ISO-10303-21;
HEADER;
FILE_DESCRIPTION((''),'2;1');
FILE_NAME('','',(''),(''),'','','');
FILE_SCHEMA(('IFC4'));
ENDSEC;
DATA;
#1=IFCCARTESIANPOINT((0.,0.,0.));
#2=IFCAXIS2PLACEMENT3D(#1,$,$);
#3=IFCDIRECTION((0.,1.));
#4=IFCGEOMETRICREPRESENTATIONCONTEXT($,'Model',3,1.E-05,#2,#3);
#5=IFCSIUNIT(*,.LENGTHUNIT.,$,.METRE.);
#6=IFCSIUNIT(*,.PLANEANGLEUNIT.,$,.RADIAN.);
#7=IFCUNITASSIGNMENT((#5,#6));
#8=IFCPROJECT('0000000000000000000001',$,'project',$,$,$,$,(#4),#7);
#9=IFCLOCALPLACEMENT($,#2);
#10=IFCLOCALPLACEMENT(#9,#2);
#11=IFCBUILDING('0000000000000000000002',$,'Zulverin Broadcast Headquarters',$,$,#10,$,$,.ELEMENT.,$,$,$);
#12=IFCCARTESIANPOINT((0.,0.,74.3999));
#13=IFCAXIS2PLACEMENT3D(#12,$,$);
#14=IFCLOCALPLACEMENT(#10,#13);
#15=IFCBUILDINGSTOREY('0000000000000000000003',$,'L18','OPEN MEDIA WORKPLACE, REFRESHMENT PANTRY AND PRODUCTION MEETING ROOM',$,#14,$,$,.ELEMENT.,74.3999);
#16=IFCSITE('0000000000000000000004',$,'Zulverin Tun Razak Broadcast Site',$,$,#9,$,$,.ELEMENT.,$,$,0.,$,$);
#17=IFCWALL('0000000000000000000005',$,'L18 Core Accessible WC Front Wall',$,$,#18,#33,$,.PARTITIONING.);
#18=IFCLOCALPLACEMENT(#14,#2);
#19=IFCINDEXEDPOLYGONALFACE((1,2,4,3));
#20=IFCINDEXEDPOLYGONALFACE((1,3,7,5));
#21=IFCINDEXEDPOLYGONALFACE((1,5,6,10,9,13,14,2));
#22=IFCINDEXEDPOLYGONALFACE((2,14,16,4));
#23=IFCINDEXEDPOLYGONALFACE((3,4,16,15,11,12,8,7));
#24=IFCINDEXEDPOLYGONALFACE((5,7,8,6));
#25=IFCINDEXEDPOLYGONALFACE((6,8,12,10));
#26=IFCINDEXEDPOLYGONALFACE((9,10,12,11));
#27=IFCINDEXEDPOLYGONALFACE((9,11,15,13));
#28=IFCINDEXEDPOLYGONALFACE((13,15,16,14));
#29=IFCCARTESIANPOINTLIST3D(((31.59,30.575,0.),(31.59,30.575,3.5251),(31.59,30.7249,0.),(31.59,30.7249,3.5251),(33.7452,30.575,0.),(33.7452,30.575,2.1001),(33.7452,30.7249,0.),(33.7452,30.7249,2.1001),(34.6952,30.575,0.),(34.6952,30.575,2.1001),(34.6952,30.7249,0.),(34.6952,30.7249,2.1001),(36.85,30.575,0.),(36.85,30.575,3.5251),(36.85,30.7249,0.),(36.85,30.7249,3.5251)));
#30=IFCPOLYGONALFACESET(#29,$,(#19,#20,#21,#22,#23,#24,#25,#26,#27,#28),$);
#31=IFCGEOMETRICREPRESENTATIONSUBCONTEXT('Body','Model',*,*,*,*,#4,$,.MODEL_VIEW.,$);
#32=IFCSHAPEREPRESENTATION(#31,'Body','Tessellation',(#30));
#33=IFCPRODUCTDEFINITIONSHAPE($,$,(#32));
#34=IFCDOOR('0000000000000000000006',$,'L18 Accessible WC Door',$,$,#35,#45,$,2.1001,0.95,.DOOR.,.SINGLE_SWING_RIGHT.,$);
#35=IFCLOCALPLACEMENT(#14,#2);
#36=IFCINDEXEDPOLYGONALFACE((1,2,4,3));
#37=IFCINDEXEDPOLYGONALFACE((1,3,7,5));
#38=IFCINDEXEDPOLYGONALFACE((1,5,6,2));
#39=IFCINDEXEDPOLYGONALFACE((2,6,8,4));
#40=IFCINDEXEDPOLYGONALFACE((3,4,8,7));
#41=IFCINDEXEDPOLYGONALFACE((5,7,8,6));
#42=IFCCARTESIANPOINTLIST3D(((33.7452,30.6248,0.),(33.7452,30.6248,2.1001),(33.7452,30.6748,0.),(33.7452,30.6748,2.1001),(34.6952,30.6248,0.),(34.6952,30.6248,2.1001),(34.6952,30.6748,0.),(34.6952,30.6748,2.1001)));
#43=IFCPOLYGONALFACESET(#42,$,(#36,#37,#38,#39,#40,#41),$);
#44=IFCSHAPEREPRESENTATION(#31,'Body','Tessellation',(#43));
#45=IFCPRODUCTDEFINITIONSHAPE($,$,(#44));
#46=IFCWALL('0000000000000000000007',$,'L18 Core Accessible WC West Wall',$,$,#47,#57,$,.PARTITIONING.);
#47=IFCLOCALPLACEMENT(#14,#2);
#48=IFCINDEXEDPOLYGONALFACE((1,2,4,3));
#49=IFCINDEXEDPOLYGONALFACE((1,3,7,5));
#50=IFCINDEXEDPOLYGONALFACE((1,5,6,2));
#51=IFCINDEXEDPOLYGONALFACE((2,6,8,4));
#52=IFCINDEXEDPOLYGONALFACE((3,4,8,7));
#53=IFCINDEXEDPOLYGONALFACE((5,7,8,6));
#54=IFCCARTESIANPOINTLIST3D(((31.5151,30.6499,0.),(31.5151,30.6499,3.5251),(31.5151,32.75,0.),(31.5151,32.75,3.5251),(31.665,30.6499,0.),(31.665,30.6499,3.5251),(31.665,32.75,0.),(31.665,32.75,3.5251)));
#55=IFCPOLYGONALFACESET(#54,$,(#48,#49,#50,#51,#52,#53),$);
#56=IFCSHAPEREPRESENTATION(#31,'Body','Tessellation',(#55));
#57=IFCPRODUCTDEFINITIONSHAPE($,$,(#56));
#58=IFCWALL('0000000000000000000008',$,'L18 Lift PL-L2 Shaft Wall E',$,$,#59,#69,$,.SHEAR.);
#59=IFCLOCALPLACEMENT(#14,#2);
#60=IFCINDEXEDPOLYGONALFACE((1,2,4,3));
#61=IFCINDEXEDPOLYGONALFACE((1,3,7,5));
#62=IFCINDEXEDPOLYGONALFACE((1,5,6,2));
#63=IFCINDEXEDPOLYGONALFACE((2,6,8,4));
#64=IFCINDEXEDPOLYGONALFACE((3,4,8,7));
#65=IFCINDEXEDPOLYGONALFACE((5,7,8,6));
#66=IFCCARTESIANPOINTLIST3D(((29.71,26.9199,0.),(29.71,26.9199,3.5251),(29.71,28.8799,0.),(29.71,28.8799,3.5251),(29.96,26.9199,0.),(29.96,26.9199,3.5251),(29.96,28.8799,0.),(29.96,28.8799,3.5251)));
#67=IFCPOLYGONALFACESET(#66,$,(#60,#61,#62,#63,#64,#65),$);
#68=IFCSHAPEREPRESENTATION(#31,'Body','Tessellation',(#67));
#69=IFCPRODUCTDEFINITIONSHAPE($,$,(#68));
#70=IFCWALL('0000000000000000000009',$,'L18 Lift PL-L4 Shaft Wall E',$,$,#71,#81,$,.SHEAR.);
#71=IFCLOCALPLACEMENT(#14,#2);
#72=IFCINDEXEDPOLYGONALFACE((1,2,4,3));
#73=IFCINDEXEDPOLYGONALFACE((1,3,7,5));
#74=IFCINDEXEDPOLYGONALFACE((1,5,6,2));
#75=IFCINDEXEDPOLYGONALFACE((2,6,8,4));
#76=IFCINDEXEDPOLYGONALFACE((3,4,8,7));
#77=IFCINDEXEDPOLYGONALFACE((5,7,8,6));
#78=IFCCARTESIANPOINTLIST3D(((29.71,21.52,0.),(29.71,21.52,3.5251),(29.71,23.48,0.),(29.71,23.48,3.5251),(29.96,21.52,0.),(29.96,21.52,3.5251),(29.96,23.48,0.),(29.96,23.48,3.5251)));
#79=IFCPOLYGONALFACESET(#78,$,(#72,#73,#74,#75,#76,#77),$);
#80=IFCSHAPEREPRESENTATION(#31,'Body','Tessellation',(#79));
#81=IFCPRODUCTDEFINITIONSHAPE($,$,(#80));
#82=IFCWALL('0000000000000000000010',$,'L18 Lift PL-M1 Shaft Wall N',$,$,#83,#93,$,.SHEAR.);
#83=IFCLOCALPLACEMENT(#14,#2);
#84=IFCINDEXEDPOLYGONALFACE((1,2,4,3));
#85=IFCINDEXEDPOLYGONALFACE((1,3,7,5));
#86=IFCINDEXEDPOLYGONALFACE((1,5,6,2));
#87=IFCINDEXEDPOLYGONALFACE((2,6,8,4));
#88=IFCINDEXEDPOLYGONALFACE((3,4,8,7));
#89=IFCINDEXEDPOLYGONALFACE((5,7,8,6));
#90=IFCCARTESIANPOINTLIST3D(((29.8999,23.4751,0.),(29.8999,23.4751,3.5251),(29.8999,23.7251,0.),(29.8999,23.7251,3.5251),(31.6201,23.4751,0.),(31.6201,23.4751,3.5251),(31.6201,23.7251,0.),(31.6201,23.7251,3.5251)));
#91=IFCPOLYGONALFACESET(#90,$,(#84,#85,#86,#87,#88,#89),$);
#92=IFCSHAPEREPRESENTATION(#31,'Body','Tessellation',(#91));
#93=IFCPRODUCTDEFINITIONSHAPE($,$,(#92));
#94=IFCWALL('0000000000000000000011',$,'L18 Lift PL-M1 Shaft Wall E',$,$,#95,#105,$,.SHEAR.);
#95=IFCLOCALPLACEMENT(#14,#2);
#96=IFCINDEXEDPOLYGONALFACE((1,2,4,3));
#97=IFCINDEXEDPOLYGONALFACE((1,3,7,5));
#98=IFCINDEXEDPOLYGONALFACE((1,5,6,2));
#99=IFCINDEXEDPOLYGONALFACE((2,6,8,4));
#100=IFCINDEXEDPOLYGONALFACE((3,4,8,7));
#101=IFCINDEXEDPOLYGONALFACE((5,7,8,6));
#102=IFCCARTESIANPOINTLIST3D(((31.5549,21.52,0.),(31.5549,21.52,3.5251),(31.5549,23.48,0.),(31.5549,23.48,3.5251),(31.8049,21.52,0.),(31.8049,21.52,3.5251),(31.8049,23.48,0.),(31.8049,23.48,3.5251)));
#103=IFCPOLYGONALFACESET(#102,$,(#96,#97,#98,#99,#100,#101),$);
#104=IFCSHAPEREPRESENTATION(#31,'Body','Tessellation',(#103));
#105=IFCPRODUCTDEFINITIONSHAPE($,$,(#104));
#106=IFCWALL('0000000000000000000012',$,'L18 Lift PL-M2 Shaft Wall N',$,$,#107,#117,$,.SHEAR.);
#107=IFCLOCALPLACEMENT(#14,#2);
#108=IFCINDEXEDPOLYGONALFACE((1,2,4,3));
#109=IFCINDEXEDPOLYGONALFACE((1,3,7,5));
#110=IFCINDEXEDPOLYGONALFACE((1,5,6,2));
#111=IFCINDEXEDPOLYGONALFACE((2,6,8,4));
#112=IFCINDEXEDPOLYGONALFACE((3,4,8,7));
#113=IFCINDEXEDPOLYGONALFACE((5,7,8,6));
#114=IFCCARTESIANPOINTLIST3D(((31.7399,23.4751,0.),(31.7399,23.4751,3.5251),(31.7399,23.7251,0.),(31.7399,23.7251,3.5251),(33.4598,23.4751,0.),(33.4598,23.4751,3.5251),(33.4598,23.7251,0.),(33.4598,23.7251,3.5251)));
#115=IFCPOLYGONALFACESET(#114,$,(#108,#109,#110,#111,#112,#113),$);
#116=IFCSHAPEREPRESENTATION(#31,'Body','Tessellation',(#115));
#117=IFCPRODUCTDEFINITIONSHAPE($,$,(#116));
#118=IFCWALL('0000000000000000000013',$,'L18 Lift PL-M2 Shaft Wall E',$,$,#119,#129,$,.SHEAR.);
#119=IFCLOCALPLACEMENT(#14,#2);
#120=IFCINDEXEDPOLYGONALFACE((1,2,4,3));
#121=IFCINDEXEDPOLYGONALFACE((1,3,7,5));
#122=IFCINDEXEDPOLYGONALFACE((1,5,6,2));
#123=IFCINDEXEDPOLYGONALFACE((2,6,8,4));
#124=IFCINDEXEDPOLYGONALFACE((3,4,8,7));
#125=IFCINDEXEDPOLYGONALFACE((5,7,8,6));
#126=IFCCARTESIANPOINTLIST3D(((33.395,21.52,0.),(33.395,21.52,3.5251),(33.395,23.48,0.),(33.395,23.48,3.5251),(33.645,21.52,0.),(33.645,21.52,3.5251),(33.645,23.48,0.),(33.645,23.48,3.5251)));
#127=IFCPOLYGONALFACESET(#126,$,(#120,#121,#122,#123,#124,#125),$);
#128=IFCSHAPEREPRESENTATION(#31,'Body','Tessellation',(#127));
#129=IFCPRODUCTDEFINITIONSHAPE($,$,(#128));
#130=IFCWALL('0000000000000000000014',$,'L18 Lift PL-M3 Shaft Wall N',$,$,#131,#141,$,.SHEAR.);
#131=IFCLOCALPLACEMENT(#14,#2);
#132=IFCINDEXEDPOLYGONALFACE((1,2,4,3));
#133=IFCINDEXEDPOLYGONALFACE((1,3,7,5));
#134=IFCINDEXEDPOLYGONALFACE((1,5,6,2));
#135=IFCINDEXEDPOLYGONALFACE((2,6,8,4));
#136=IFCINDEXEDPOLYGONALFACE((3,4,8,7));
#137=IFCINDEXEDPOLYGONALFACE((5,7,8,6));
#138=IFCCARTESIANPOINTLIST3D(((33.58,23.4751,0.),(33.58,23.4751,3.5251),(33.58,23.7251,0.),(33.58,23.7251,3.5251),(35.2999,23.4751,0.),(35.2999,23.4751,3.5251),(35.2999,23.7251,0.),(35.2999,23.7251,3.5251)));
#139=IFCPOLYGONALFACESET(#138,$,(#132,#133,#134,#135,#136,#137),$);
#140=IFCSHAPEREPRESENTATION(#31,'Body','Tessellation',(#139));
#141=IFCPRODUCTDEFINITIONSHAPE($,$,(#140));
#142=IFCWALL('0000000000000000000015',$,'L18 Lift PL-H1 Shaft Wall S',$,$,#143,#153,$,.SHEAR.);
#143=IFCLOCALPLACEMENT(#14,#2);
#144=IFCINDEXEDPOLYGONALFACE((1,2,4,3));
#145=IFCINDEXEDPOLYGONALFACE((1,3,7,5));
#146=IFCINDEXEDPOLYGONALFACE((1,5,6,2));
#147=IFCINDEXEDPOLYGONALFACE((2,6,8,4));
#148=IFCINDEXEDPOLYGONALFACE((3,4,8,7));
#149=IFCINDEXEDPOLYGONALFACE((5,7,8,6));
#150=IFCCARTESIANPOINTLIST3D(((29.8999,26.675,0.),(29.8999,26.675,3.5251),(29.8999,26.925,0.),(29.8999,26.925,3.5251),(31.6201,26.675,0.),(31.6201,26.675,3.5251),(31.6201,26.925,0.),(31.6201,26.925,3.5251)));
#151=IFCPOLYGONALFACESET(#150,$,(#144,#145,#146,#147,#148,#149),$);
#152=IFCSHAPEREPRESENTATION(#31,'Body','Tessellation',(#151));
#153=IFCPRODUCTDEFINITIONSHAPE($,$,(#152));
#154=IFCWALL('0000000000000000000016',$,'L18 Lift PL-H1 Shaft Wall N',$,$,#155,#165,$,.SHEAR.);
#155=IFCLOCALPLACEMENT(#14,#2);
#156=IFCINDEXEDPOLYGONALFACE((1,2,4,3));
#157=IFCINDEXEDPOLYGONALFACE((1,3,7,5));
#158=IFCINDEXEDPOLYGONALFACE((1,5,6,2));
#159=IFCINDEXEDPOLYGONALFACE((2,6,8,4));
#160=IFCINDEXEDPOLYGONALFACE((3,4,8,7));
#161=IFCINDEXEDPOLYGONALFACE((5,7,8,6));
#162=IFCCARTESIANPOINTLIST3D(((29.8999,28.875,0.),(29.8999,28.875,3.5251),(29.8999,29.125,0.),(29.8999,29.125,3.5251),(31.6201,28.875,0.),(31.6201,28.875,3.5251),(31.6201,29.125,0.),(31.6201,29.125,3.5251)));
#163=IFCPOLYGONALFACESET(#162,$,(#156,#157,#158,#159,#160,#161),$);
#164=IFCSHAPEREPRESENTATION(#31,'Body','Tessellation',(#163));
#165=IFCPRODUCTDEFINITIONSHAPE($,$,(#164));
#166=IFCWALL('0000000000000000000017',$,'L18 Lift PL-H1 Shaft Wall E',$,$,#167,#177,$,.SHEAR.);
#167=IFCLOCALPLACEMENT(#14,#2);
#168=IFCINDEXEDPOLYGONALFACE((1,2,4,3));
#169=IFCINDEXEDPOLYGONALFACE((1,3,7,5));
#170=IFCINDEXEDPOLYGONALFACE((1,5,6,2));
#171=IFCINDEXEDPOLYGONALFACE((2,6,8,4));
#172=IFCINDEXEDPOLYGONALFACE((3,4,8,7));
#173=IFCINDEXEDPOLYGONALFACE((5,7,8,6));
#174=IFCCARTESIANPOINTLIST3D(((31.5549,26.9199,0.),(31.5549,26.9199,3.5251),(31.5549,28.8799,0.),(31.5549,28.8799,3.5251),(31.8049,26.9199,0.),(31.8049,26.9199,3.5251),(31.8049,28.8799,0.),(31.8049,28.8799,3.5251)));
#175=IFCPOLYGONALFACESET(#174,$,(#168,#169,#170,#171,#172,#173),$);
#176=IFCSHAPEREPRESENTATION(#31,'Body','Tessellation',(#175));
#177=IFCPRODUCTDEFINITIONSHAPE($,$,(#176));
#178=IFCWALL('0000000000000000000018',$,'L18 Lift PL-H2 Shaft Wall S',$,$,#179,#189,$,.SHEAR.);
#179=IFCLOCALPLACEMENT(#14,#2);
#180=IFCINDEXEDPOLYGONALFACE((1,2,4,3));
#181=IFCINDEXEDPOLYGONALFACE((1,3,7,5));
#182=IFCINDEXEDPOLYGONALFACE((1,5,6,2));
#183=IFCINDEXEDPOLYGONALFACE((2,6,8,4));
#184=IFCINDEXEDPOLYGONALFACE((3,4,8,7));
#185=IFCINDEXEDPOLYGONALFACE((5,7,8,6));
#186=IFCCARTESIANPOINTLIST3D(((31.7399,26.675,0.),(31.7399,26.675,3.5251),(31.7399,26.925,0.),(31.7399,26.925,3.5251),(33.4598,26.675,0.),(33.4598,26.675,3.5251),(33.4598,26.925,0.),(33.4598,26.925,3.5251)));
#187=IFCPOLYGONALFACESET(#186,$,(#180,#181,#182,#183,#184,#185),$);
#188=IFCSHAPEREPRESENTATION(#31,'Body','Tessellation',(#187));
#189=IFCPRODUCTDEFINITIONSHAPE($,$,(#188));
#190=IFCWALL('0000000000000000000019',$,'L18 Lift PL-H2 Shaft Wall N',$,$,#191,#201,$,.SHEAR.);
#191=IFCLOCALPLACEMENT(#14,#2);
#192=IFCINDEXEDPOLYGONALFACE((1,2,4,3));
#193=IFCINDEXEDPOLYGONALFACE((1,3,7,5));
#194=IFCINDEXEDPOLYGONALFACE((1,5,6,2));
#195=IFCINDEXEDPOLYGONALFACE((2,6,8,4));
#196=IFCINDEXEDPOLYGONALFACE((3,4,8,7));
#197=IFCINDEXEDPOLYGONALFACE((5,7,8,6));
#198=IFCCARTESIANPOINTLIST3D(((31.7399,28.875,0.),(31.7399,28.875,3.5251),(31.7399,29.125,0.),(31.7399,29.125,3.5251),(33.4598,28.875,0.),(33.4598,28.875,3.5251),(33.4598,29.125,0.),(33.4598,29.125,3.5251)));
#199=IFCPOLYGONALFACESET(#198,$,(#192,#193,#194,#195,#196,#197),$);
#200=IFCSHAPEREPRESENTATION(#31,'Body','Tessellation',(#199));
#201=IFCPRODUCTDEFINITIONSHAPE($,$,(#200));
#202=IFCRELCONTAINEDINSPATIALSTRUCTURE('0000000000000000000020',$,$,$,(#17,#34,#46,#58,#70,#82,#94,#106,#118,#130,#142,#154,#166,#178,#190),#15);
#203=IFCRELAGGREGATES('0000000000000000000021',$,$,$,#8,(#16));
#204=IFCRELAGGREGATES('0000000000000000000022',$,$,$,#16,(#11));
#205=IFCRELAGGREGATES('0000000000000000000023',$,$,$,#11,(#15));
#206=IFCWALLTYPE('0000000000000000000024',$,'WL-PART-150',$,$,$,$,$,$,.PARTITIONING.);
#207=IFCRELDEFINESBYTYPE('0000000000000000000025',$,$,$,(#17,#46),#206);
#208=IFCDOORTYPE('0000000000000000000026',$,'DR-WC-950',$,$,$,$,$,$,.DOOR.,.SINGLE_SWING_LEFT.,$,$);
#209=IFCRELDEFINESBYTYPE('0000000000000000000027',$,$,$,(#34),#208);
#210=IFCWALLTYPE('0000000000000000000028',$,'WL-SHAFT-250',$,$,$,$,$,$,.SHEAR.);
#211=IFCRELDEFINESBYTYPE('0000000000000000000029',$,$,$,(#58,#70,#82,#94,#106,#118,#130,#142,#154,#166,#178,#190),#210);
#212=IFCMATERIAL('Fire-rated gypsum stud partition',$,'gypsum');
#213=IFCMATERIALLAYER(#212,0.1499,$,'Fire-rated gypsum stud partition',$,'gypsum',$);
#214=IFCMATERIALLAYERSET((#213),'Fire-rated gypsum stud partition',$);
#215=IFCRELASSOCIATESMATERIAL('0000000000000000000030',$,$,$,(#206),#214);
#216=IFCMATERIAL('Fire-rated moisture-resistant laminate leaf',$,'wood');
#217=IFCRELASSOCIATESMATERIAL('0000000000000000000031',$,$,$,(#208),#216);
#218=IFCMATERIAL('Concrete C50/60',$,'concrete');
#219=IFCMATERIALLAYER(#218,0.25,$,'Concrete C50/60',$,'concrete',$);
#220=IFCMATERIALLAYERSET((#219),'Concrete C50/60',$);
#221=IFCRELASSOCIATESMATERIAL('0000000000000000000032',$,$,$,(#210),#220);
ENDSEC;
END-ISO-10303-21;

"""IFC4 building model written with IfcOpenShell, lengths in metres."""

from ifc_helpers import new_model, si_unit, direction, frame, frame_2d, origin, place, context, subcontext, project, spatial, rectangle, extrude, material, layer, layer_set, type_object, element, fill, save


model = new_model("IFC4")

# Units and contexts
model_context = context("Model", 3, precision=1e-05, world=origin(), true_north=direction((0.0, 1.0)))
body_context = subcontext(model_context, "Body", "Model", "MODEL_VIEW")
ifc_project = project(units=[si_unit("LENGTHUNIT", "METRE"), si_unit("PLANEANGLEUNIT", "RADIAN")], contexts=[model_context])

# Site, building, storey
site_placement = place(None, origin())
site = spatial("IfcSite", under=ifc_project, at=site_placement, Name="Zulverin Tun Razak Broadcast Site", CompositionType="ELEMENT", RefElevation=0.0)
building_placement = place(site_placement, origin())
building = spatial("IfcBuilding", under=site, at=building_placement, Name="Zulverin Broadcast Headquarters", CompositionType="ELEMENT")
storey_placement = place(building_placement, frame((0.0, 0.0, 74.3999)))
storey = spatial("IfcBuildingStorey", under=building, at=storey_placement, Name="L18", Description="OPEN MEDIA WORKPLACE, REFRESHMENT PANTRY AND PRODUCTION MEETING ROOM", CompositionType="ELEMENT", Elevation=74.3999)

# Wall, opening, door
ifc_material_1 = material(Name="Fire-rated gypsum stud partition", Category="gypsum")
ifc_layer_1 = layer(ifc_material_1, 0.1499, Name="Fire-rated gypsum stud partition", Category="gypsum")
ifc_layer_set_1 = layer_set([ifc_layer_1], Name="Fire-rated gypsum stud partition")
wall_type_1 = type_object("IfcWallType", Name="WL-PART-150", PredefinedType="PARTITIONING", material=ifc_layer_set_1)
wall_1_placement = place(storey_placement, frame((31.5901, 30.6499, 0.0), z_axis=(0.0, 0.0, 1.0), x_axis=(1.0, 0.0, 0.0)))
wall_1 = element("IfcWall", 1, at=wall_1_placement, inside=storey, type_object=wall_type_1, Name="L18 Core Accessible WC Front Wall", PredefinedType="PARTITIONING", context=body_context, shape_type="SweptSolid", body=[
    extrude(rectangle(XDim=5.26, YDim=0.1499, at=frame_2d((2.6299, 0.0))), origin(), (0.0, 0.0, 1.0), 3.5251),
])
opening_placement = place(wall_1_placement, frame((2.155, 0.0, 0.0)))
opening = element("IfcOpeningElement", 2, at=opening_placement, cuts=wall_1, PredefinedType="OPENING", context=body_context, shape_type="SweptSolid", body=[
    extrude(rectangle(XDim=0.95, YDim=2.1001, at=frame_2d((0.4751, 1.05))), frame((0.0, 0.085, 0.0), z_axis=(0.0, -1.0, 0.0), x_axis=(1.0, 0.0, 0.0)), (0.0, 0.0, 1.0), 0.1699),
])
ifc_material_2 = material(Name="Fire-rated moisture-resistant laminate leaf", Category="wood")
door_type = type_object("IfcDoorType", Name="DR-WC-950", OperationType="SINGLE_SWING_LEFT", PredefinedType="DOOR", material=ifc_material_2)
door_placement = place(opening_placement, origin())
door = element("IfcDoor", 3, at=door_placement, inside=storey, type_object=door_type, Name="L18 Accessible WC Door", OperationType="SINGLE_SWING_RIGHT", OverallHeight=2.1001, OverallWidth=0.95, PredefinedType="DOOR", context=body_context, shape_type="SweptSolid", body=[
    extrude(rectangle(XDim=0.95, YDim=2.1001, at=frame_2d((0.4751, 1.05))), frame((0.0, 0.0249, 0.0), z_axis=(0.0, -1.0, 0.0), x_axis=(1.0, 0.0, 0.0)), (0.0, 0.0, 1.0), 0.05),
])
fill(opening, door)

# Walls
wall_2_placement = place(storey_placement, frame((31.5901, 30.6499, 0.0), z_axis=(0.0, 0.0, 1.0), x_axis=(0.0, 1.0, 0.0)))
element("IfcWall", 4, at=wall_2_placement, inside=storey, type_object=wall_type_1, Name="L18 Core Accessible WC West Wall", PredefinedType="PARTITIONING", context=body_context, shape_type="SweptSolid", body=[
    extrude(rectangle(XDim=2.1001, YDim=0.1499, at=frame_2d((1.05, 0.0))), origin(), (0.0, 0.0, 1.0), 3.5251),
])
ifc_material_3 = material(Name="Concrete C50/60", Category="concrete")
ifc_layer_2 = layer(ifc_material_3, 0.25, Name="Concrete C50/60", Category="concrete")
ifc_layer_set_2 = layer_set([ifc_layer_2], Name="Concrete C50/60")
wall_type_2 = type_object("IfcWallType", Name="WL-SHAFT-250", PredefinedType="SHEAR", material=ifc_layer_set_2)
for number, where, z_axis, x_axis, name in (
    (5, (29.835, 26.9199, 0.0), (0.0, 0.0, 1.0), (0.0, 1.0, 0.0), "L18 Lift PL-L2 Shaft Wall E"),
    (6, (29.835, 21.52, 0.0), (0.0, 0.0, 1.0), (0.0, 1.0, 0.0), "L18 Lift PL-L4 Shaft Wall E"),
):
    element("IfcWall", number, at=place(storey_placement, frame(where, z_axis=z_axis, x_axis=x_axis)), inside=storey, type_object=wall_type_2, Name=name, PredefinedType="SHEAR", context=body_context, shape_type="SweptSolid", body=[
        extrude(rectangle(XDim=1.96, YDim=0.25, at=frame_2d((0.98, 0.0))), origin(), (0.0, 0.0, 1.0), 3.5251),
    ])
wall_3_placement = place(storey_placement, frame((29.8999, 23.6001, 0.0), z_axis=(0.0, 0.0, 1.0), x_axis=(1.0, 0.0, 0.0)))
element("IfcWall", 7, at=wall_3_placement, inside=storey, type_object=wall_type_2, Name="L18 Lift PL-M1 Shaft Wall N", PredefinedType="SHEAR", context=body_context, shape_type="SweptSolid", body=[
    extrude(rectangle(XDim=1.7202, YDim=0.25, at=frame_2d((0.8601, 0.0))), origin(), (0.0, 0.0, 1.0), 3.5251),
])
wall_4_placement = place(storey_placement, frame((31.6799, 21.52, 0.0), z_axis=(0.0, 0.0, 1.0), x_axis=(0.0, 1.0, 0.0)))
element("IfcWall", 8, at=wall_4_placement, inside=storey, type_object=wall_type_2, Name="L18 Lift PL-M1 Shaft Wall E", PredefinedType="SHEAR", context=body_context, shape_type="SweptSolid", body=[
    extrude(rectangle(XDim=1.96, YDim=0.25, at=frame_2d((0.98, 0.0))), origin(), (0.0, 0.0, 1.0), 3.5251),
])
wall_5_placement = place(storey_placement, frame((31.74, 23.6001, 0.0), z_axis=(0.0, 0.0, 1.0), x_axis=(1.0, 0.0, 0.0)))
element("IfcWall", 9, at=wall_5_placement, inside=storey, type_object=wall_type_2, Name="L18 Lift PL-M2 Shaft Wall N", PredefinedType="SHEAR", context=body_context, shape_type="SweptSolid", body=[
    extrude(rectangle(XDim=1.72, YDim=0.25, at=frame_2d((0.8599, 0.0))), origin(), (0.0, 0.0, 1.0), 3.5251),
])
wall_6_placement = place(storey_placement, frame((33.52, 21.52, 0.0), z_axis=(0.0, 0.0, 1.0), x_axis=(0.0, 1.0, 0.0)))
element("IfcWall", 10, at=wall_6_placement, inside=storey, type_object=wall_type_2, Name="L18 Lift PL-M2 Shaft Wall E", PredefinedType="SHEAR", context=body_context, shape_type="SweptSolid", body=[
    extrude(rectangle(XDim=1.96, YDim=0.25, at=frame_2d((0.98, 0.0))), origin(), (0.0, 0.0, 1.0), 3.5251),
])
wall_7_placement = place(storey_placement, frame((33.5801, 23.6001, 0.0), z_axis=(0.0, 0.0, 1.0), x_axis=(1.0, 0.0, 0.0)))
element("IfcWall", 11, at=wall_7_placement, inside=storey, type_object=wall_type_2, Name="L18 Lift PL-M3 Shaft Wall N", PredefinedType="SHEAR", context=body_context, shape_type="SweptSolid", body=[
    extrude(rectangle(XDim=1.72, YDim=0.25, at=frame_2d((0.8599, 0.0))), origin(), (0.0, 0.0, 1.0), 3.5251),
])
for number, where, z_axis, x_axis, name in (
    (12, (29.8999, 26.8, 0.0), (0.0, 0.0, 1.0), (1.0, 0.0, 0.0), "L18 Lift PL-H1 Shaft Wall S"),
    (13, (29.8999, 29.0, 0.0), (0.0, 0.0, 1.0), (1.0, 0.0, 0.0), "L18 Lift PL-H1 Shaft Wall N"),
):
    element("IfcWall", number, at=place(storey_placement, frame(where, z_axis=z_axis, x_axis=x_axis)), inside=storey, type_object=wall_type_2, Name=name, PredefinedType="SHEAR", context=body_context, shape_type="SweptSolid", body=[
        extrude(rectangle(XDim=1.7202, YDim=0.25, at=frame_2d((0.8601, 0.0))), origin(), (0.0, 0.0, 1.0), 3.5251),
    ])
wall_8_placement = place(storey_placement, frame((31.6799, 26.9199, 0.0), z_axis=(0.0, 0.0, 1.0), x_axis=(0.0, 1.0, 0.0)))
element("IfcWall", 14, at=wall_8_placement, inside=storey, type_object=wall_type_2, Name="L18 Lift PL-H1 Shaft Wall E", PredefinedType="SHEAR", context=body_context, shape_type="SweptSolid", body=[
    extrude(rectangle(XDim=1.96, YDim=0.25, at=frame_2d((0.98, 0.0))), origin(), (0.0, 0.0, 1.0), 3.5251),
])
for number, where, z_axis, x_axis, name in (
    (15, (31.74, 26.8, 0.0), (0.0, 0.0, 1.0), (1.0, 0.0, 0.0), "L18 Lift PL-H2 Shaft Wall S"),
    (16, (31.74, 29.0, 0.0), (0.0, 0.0, 1.0), (1.0, 0.0, 0.0), "L18 Lift PL-H2 Shaft Wall N"),
):
    element("IfcWall", number, at=place(storey_placement, frame(where, z_axis=z_axis, x_axis=x_axis)), inside=storey, type_object=wall_type_2, Name=name, PredefinedType="SHEAR", context=body_context, shape_type="SweptSolid", body=[
        extrude(rectangle(XDim=1.72, YDim=0.25, at=frame_2d((0.8599, 0.0))), origin(), (0.0, 0.0, 1.0), 3.5251),
    ])

save(model, "model.ifc")
